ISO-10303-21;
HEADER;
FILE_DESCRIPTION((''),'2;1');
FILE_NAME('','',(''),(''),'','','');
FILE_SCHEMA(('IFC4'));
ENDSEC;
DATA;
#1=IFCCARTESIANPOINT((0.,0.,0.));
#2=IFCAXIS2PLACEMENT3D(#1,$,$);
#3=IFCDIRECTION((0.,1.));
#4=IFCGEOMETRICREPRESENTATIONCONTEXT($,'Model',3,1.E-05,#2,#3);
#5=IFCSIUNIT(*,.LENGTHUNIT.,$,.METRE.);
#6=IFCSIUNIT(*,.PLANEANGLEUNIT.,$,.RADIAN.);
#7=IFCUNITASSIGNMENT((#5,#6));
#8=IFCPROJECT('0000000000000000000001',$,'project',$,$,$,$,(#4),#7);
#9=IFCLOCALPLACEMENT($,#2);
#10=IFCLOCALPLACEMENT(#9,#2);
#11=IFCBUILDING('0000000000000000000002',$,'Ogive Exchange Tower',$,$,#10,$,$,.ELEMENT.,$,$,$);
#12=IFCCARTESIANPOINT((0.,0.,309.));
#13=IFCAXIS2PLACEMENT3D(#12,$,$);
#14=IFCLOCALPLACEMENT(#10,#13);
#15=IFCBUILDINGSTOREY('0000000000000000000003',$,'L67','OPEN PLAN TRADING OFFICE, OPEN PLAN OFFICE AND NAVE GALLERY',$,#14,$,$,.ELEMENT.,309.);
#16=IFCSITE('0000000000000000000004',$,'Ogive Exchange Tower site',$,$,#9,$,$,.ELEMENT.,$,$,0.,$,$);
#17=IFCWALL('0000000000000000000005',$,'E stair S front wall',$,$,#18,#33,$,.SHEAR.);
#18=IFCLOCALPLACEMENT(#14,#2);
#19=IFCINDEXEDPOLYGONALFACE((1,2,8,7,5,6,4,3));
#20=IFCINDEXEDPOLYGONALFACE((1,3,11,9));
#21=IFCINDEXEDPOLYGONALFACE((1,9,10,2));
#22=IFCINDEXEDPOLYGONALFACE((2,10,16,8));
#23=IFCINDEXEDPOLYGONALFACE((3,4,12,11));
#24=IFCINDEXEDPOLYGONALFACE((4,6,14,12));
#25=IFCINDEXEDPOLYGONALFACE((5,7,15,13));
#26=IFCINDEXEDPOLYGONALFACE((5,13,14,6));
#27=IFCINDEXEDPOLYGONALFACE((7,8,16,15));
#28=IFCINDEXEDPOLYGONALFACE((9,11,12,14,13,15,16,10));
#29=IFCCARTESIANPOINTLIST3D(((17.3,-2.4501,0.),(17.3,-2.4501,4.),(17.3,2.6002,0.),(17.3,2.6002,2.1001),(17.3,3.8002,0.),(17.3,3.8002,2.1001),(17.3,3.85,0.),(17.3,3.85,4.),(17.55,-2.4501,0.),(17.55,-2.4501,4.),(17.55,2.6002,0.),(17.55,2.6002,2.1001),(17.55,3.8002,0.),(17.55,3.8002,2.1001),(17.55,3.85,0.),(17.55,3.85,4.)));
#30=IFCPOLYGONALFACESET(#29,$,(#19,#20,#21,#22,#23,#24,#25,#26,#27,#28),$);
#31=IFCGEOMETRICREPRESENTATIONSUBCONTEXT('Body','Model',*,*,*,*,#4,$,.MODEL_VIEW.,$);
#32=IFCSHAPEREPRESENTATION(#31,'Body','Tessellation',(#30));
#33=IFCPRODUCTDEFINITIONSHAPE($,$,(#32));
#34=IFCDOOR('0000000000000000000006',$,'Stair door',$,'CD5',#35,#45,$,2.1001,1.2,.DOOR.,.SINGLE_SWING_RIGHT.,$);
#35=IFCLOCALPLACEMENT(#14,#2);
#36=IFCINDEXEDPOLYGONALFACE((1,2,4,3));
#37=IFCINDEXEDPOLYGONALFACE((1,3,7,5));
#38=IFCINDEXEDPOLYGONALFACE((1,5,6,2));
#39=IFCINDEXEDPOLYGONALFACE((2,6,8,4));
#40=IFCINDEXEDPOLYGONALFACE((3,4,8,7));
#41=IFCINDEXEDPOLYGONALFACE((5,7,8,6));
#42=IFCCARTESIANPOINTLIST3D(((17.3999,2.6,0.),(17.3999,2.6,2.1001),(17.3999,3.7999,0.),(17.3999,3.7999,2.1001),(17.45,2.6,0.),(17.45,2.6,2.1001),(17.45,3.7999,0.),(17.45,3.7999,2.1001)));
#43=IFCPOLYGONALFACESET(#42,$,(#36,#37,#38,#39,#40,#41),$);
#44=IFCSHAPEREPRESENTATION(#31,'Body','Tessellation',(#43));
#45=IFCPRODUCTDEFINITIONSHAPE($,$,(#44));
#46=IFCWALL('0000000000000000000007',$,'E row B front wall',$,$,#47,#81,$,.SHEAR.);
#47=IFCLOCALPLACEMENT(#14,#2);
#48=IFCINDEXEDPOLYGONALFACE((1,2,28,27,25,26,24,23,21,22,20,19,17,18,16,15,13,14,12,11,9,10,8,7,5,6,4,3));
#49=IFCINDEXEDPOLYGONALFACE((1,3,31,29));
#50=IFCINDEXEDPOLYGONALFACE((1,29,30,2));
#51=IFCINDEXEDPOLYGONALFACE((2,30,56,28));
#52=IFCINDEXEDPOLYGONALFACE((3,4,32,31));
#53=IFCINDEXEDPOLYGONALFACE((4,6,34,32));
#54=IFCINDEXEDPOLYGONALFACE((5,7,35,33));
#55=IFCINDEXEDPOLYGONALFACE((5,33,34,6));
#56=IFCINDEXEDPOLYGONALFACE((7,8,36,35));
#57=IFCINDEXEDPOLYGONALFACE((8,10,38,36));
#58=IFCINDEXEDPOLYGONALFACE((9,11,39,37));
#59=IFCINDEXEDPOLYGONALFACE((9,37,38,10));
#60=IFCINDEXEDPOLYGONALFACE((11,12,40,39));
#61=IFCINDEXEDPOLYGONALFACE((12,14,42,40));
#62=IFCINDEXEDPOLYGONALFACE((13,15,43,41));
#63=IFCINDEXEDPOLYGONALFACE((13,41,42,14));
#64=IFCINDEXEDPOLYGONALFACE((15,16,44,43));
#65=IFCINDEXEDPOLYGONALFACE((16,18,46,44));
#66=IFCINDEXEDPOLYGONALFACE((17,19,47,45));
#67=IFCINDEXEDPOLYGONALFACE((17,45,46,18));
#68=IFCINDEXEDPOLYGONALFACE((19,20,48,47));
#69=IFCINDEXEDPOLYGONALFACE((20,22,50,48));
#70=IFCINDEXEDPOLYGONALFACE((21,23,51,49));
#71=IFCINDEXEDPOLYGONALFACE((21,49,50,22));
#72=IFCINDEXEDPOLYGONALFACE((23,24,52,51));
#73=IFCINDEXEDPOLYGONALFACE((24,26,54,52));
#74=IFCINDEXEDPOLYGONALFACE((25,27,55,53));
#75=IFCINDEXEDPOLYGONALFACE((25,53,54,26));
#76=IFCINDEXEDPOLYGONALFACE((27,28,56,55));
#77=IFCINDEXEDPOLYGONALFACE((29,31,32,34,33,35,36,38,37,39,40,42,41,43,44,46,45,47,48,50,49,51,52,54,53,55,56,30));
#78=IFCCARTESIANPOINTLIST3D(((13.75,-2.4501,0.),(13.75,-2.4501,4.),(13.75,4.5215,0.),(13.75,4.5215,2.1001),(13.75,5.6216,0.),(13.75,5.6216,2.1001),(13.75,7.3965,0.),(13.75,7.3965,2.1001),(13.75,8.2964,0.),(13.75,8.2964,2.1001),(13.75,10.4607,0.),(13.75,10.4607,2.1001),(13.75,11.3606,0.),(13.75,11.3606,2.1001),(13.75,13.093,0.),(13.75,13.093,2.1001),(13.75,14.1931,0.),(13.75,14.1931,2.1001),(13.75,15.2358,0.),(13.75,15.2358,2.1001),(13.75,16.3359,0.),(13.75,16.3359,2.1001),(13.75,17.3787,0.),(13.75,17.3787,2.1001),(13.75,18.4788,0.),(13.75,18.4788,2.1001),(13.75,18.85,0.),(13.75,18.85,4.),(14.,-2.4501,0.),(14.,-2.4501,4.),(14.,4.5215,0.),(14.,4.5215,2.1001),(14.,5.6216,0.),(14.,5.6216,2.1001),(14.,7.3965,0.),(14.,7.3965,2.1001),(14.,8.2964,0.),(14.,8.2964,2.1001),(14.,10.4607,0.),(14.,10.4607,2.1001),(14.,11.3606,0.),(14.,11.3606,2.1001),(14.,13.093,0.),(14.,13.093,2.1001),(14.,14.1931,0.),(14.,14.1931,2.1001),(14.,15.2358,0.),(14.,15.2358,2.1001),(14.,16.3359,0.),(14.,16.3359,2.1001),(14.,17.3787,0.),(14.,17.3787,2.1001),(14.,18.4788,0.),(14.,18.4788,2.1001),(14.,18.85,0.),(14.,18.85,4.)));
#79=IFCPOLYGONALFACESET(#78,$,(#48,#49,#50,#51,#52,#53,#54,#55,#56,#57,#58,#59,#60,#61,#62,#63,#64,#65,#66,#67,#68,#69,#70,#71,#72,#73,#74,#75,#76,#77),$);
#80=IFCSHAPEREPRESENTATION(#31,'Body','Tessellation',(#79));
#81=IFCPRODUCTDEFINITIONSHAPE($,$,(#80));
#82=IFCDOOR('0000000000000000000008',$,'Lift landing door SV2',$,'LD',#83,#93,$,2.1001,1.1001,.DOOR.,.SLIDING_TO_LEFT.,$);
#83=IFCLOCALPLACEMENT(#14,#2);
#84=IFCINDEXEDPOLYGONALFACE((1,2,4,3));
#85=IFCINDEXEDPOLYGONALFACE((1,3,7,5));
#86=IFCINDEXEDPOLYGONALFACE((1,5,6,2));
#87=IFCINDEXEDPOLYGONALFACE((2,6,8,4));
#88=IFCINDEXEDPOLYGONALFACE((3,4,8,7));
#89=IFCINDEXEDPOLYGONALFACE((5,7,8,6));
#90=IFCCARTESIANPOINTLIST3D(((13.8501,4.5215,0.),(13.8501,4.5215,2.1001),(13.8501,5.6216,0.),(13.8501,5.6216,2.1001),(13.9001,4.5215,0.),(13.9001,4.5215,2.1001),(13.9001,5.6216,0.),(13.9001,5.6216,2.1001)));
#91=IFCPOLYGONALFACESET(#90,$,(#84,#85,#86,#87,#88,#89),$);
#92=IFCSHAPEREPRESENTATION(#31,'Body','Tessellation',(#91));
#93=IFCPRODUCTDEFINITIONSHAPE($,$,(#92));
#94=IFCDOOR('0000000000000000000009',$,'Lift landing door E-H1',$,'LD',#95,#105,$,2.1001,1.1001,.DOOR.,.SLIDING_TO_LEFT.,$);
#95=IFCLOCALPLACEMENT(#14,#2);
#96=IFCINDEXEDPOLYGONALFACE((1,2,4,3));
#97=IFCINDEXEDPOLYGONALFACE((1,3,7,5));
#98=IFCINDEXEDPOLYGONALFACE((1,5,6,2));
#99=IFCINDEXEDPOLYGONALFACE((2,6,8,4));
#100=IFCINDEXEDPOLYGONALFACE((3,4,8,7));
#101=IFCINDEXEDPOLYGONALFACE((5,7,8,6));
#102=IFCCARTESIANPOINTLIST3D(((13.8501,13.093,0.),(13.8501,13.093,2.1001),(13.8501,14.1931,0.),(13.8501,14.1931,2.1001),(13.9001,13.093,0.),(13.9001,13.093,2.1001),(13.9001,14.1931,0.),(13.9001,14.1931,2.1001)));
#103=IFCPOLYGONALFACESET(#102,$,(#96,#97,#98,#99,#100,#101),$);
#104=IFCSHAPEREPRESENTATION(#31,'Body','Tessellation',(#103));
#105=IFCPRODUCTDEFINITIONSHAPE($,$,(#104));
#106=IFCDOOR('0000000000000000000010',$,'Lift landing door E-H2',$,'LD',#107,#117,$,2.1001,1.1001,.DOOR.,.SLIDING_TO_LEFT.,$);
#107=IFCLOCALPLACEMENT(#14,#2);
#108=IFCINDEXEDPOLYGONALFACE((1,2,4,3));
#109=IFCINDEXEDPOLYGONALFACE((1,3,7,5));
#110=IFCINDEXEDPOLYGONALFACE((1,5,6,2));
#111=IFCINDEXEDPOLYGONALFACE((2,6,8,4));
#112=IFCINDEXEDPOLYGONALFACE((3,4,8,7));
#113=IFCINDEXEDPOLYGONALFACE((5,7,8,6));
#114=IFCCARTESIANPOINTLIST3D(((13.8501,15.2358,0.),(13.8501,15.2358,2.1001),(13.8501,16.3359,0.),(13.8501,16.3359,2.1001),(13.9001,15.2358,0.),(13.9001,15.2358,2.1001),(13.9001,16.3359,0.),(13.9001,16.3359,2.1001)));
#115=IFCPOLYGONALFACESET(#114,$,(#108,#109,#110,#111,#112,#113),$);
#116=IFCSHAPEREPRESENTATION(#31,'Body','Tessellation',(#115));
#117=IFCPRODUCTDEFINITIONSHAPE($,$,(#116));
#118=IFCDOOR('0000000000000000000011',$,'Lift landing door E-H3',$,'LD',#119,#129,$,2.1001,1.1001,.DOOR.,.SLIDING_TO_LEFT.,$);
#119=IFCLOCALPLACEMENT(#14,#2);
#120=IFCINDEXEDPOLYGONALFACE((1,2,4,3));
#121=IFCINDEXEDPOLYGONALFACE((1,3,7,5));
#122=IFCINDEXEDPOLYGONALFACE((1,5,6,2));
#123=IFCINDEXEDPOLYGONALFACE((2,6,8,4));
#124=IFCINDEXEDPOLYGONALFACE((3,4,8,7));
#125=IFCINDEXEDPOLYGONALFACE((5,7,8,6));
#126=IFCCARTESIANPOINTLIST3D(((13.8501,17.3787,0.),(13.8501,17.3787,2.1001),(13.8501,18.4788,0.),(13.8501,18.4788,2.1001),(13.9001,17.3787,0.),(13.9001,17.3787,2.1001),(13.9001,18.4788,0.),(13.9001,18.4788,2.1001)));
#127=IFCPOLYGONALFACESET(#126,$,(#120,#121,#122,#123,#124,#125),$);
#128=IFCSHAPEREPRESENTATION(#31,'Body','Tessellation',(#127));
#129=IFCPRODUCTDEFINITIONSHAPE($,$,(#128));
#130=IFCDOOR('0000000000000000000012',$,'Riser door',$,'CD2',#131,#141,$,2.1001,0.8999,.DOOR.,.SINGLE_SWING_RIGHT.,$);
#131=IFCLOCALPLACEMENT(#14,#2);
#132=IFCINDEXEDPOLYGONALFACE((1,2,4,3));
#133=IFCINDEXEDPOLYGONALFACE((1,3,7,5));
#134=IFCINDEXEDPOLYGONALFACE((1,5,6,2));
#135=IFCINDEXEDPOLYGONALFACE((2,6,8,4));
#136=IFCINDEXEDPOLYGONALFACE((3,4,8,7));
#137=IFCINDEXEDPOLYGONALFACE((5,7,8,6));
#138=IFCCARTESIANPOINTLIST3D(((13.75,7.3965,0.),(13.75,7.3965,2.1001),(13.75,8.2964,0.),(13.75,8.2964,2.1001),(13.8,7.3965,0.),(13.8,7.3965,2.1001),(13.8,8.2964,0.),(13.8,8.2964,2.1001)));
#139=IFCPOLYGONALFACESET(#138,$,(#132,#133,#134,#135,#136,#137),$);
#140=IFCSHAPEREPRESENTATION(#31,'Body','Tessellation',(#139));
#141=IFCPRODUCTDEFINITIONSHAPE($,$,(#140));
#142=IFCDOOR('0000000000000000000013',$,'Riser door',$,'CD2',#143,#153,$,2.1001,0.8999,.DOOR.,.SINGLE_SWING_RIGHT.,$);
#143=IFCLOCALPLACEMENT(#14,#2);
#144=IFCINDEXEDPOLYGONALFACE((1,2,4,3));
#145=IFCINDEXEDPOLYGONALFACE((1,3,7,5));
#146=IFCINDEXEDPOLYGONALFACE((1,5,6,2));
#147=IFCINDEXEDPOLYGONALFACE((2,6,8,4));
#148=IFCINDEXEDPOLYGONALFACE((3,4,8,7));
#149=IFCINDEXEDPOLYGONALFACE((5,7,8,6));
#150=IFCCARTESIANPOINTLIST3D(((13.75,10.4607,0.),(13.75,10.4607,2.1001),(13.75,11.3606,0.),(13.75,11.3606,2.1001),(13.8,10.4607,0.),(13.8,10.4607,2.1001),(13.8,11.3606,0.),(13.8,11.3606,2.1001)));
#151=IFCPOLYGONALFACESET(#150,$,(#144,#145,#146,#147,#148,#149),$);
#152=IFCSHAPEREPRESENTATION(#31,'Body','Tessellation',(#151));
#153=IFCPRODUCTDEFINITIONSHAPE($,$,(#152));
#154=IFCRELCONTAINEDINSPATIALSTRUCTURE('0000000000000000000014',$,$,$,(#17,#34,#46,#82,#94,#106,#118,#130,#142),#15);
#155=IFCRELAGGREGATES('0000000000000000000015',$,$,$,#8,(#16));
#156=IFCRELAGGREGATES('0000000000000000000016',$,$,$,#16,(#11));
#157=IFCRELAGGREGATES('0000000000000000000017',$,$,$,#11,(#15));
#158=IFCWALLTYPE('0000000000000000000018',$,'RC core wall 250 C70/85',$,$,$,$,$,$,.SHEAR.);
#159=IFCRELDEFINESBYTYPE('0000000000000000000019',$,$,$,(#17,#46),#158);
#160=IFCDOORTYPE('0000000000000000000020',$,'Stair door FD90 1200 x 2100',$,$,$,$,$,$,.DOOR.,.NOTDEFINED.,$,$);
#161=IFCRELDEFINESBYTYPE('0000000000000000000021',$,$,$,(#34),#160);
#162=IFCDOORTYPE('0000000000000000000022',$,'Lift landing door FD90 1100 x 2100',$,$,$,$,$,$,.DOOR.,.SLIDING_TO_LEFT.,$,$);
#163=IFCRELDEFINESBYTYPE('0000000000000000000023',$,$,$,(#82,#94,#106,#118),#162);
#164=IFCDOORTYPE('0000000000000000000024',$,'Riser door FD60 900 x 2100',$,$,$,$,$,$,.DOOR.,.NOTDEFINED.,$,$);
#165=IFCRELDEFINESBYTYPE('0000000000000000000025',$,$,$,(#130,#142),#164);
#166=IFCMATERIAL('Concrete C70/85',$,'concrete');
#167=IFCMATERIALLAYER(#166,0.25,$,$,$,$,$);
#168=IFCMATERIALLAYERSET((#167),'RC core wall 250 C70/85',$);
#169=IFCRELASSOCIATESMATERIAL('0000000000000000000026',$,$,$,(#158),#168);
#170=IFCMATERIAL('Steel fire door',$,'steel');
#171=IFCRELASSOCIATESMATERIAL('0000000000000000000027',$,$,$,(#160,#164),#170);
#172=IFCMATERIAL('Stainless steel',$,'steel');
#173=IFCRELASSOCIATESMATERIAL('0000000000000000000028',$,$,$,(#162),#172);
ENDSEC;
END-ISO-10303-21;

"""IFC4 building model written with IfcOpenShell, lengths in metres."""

from ifc_helpers import new_model, si_unit, direction, frame, frame_2d, origin, place, context, subcontext, project, spatial, rectangle, extrude, material, layer, layer_set, type_object, element, fill, save


model = new_model("IFC4")

# Units and contexts
model_context = context("Model", 3, precision=1e-05, world=origin(), true_north=direction((0.0, 1.0)))
body_context = subcontext(model_context, "Body", "Model", "MODEL_VIEW")
ifc_project = project(units=[si_unit("LENGTHUNIT", "METRE"), si_unit("PLANEANGLEUNIT", "RADIAN")], contexts=[model_context])

# Site, building, storey
site_placement = place(None, origin())
site = spatial("IfcSite", under=ifc_project, at=site_placement, Name="Ogive Exchange Tower site", CompositionType="ELEMENT", RefElevation=0.0)
building_placement = place(site_placement, origin())
building = spatial("IfcBuilding", under=site, at=building_placement, Name="Ogive Exchange Tower", CompositionType="ELEMENT")
storey_placement = place(building_placement, frame((0.0, 0.0, 309.0)))
storey = spatial("IfcBuildingStorey", under=building, at=storey_placement, Name="L67", Description="OPEN PLAN TRADING OFFICE, OPEN PLAN OFFICE AND NAVE GALLERY", CompositionType="ELEMENT", Elevation=309.0)

# Wall, opening, door
ifc_material_1 = material(Name="Concrete C70/85", Category="concrete")
ifc_layer_1 = layer(ifc_material_1, 0.25)
ifc_layer_set_1 = layer_set([ifc_layer_1], Name="RC core wall 250 C70/85")
wall_type_1 = type_object("IfcWallType", Name="RC core wall 250 C70/85", PredefinedType="SHEAR", material=ifc_layer_set_1)
wall_1_placement = place(storey_placement, frame((17.425, -2.45, 0.0), z_axis=(0.0, 0.0, 1.0), x_axis=(0.0, 1.0, 0.0)))
wall_1 = element("IfcWall", 1, at=wall_1_placement, inside=storey, type_object=wall_type_1, Name="E stair S front wall", PredefinedType="SHEAR", context=body_context, shape_type="SweptSolid", body=[
    extrude(rectangle(XDim=6.3, YDim=0.25, at=frame_2d((3.1499, 0.0))), origin(), (0.0, 0.0, 1.0), 4.0),
])
opening_1_placement = place(wall_1_placement, frame((5.05, 0.0, 0.0)))
opening_1 = element("IfcOpeningElement", 2, at=opening_1_placement, cuts=wall_1, PredefinedType="OPENING", context=body_context, shape_type="SweptSolid", body=[
    extrude(rectangle(XDim=1.2, YDim=2.1001, at=frame_2d((0.6001, 1.05))), frame((0.0, 0.135, 0.0), z_axis=(0.0, -1.0, 0.0), x_axis=(1.0, 0.0, 0.0)), (0.0, 0.0, 1.0), 0.27),
])
ifc_material_2 = material(Name="Steel fire door", Category="steel")
door_type_1 = type_object("IfcDoorType", Name="Stair door FD90 1200 x 2100", OperationType="NOTDEFINED", PredefinedType="DOOR", material=ifc_material_2)
door_1_placement = place(opening_1_placement, frame((1.2, 0.0, 0.0), z_axis=(0.0, 0.0, 1.0), x_axis=(-1.0, 0.0, 0.0)))
door_1 = element("IfcDoor", 3, at=door_1_placement, inside=storey, type_object=door_type_1, Name="Stair door", ObjectType="CD5", OperationType="SINGLE_SWING_RIGHT", OverallHeight=2.1001, OverallWidth=1.2, PredefinedType="DOOR", context=body_context, shape_type="SweptSolid", body=[
    extrude(rectangle(XDim=1.2, YDim=2.1001, at=frame_2d((0.6001, 1.05))), frame((0.0, 0.0249, 0.0), z_axis=(0.0, -1.0, 0.0), x_axis=(1.0, 0.0, 0.0)), (0.0, 0.0, 1.0), 0.05),
])
fill(opening_1, door_1)

# Wall, openings, doors
wall_2_placement = place(storey_placement, frame((13.875, -2.45, 0.0), z_axis=(0.0, 0.0, 1.0), x_axis=(0.0, 1.0, 0.0)))
wall_2 = element("IfcWall", 4, at=wall_2_placement, inside=storey, type_object=wall_type_1, Name="E row B front wall", PredefinedType="SHEAR", context=body_context, shape_type="SweptSolid", body=[
    extrude(rectangle(XDim=21.3, YDim=0.25, at=frame_2d((10.6499, 0.0))), origin(), (0.0, 0.0, 1.0), 4.0),
])
opening_2_placement = place(wall_2_placement, frame((9.8464, 0.0, 0.0)))
opening_2 = element("IfcOpeningElement", 5, at=opening_2_placement, cuts=wall_2, PredefinedType="OPENING", context=body_context, shape_type="SweptSolid", body=[
    extrude(rectangle(XDim=0.8999, YDim=2.1001, at=frame_2d((0.45, 1.05))), frame((0.0, 0.135, 0.0), z_axis=(0.0, -1.0, 0.0), x_axis=(1.0, 0.0, 0.0)), (0.0, 0.0, 1.0), 0.27),
])
opening_3_placement = place(wall_2_placement, frame((12.9106, 0.0, 0.0)))
opening_3 = element("IfcOpeningElement", 6, at=opening_3_placement, cuts=wall_2, PredefinedType="OPENING", context=body_context, shape_type="SweptSolid", body=[
    extrude(rectangle(XDim=0.8999, YDim=2.1001, at=frame_2d((0.45, 1.05))), frame((0.0, 0.135, 0.0), z_axis=(0.0, -1.0, 0.0), x_axis=(1.0, 0.0, 0.0)), (0.0, 0.0, 1.0), 0.27),
])
opening_4_placement = place(wall_2_placement, frame((6.9714, 0.0, 0.0)))
opening_4 = element("IfcOpeningElement", 7, at=opening_4_placement, cuts=wall_2, PredefinedType="OPENING", context=body_context, shape_type="SweptSolid", body=[
    extrude(rectangle(XDim=1.1001, YDim=2.1001, at=frame_2d((0.55, 1.05))), frame((0.0, 0.135, 0.0), z_axis=(0.0, -1.0, 0.0), x_axis=(1.0, 0.0, 0.0)), (0.0, 0.0, 1.0), 0.27),
])
opening_5_placement = place(wall_2_placement, frame((15.543, 0.0, 0.0)))
opening_5 = element("IfcOpeningElement", 8, at=opening_5_placement, cuts=wall_2, PredefinedType="OPENING", context=body_context, shape_type="SweptSolid", body=[
    extrude(rectangle(XDim=1.1001, YDim=2.1001, at=frame_2d((0.55, 1.05))), frame((0.0, 0.135, 0.0), z_axis=(0.0, -1.0, 0.0), x_axis=(1.0, 0.0, 0.0)), (0.0, 0.0, 1.0), 0.27),
])
opening_6_placement = place(wall_2_placement, frame((17.6858, 0.0, 0.0)))
opening_6 = element("IfcOpeningElement", 9, at=opening_6_placement, cuts=wall_2, PredefinedType="OPENING", context=body_context, shape_type="SweptSolid", body=[
    extrude(rectangle(XDim=1.1001, YDim=2.1001, at=frame_2d((0.55, 1.05))), frame((0.0, 0.135, 0.0), z_axis=(0.0, -1.0, 0.0), x_axis=(1.0, 0.0, 0.0)), (0.0, 0.0, 1.0), 0.27),
])
opening_7_placement = place(wall_2_placement, frame((19.8286, 0.0, 0.0)))
opening_7 = element("IfcOpeningElement", 10, at=opening_7_placement, cuts=wall_2, PredefinedType="OPENING", context=body_context, shape_type="SweptSolid", body=[
    extrude(rectangle(XDim=1.1001, YDim=2.1001, at=frame_2d((0.55, 1.05))), frame((0.0, 0.135, 0.0), z_axis=(0.0, -1.0, 0.0), x_axis=(1.0, 0.0, 0.0)), (0.0, 0.0, 1.0), 0.27),
])
ifc_material_3 = material(Name="Stainless steel", Category="steel")
door_type_2 = type_object("IfcDoorType", Name="Lift landing door FD90 1100 x 2100", OperationType="SLIDING_TO_LEFT", PredefinedType="DOOR", material=ifc_material_3)
door_2_placement = place(opening_4_placement, origin())
door_2 = element("IfcDoor", 11, at=door_2_placement, inside=storey, type_object=door_type_2, Name="Lift landing door SV2", ObjectType="LD", OperationType="SLIDING_TO_LEFT", OverallHeight=2.1001, OverallWidth=1.1001, PredefinedType="DOOR", context=body_context, shape_type="SweptSolid", body=[
    extrude(rectangle(XDim=1.1001, YDim=2.1001, at=frame_2d((0.55, 1.05))), frame((0.0, 0.0249, 0.0), z_axis=(0.0, -1.0, 0.0), x_axis=(1.0, 0.0, 0.0)), (0.0, 0.0, 1.0), 0.05),
])
fill(opening_4, door_2)
door_3_placement = place(opening_5_placement, origin())
door_3 = element("IfcDoor", 12, at=door_3_placement, inside=storey, type_object=door_type_2, Name="Lift landing door E-H1", ObjectType="LD", OperationType="SLIDING_TO_LEFT", OverallHeight=2.1001, OverallWidth=1.1001, PredefinedType="DOOR", context=body_context, shape_type="SweptSolid", body=[
    extrude(rectangle(XDim=1.1001, YDim=2.1001, at=frame_2d((0.55, 1.05))), frame((0.0, 0.0249, 0.0), z_axis=(0.0, -1.0, 0.0), x_axis=(1.0, 0.0, 0.0)), (0.0, 0.0, 1.0), 0.05),
])
fill(opening_5, door_3)
door_4_placement = place(opening_6_placement, origin())
door_4 = element("IfcDoor", 13, at=door_4_placement, inside=storey, type_object=door_type_2, Name="Lift landing door E-H2", ObjectType="LD", OperationType="SLIDING_TO_LEFT", OverallHeight=2.1001, OverallWidth=1.1001, PredefinedType="DOOR", context=body_context, shape_type="SweptSolid", body=[
    extrude(rectangle(XDim=1.1001, YDim=2.1001, at=frame_2d((0.55, 1.05))), frame((0.0, 0.0249, 0.0), z_axis=(0.0, -1.0, 0.0), x_axis=(1.0, 0.0, 0.0)), (0.0, 0.0, 1.0), 0.05),
])
fill(opening_6, door_4)
door_5_placement = place(opening_7_placement, origin())
door_5 = element("IfcDoor", 14, at=door_5_placement, inside=storey, type_object=door_type_2, Name="Lift landing door E-H3", ObjectType="LD", OperationType="SLIDING_TO_LEFT", OverallHeight=2.1001, OverallWidth=1.1001, PredefinedType="DOOR", context=body_context, shape_type="SweptSolid", body=[
    extrude(rectangle(XDim=1.1001, YDim=2.1001, at=frame_2d((0.55, 1.05))), frame((0.0, 0.0249, 0.0), z_axis=(0.0, -1.0, 0.0), x_axis=(1.0, 0.0, 0.0)), (0.0, 0.0, 1.0), 0.05),
])
fill(opening_7, door_5)
door_type_3 = type_object("IfcDoorType", Name="Riser door FD60 900 x 2100", OperationType="NOTDEFINED", PredefinedType="DOOR", material=ifc_material_2)
door_6_placement = place(opening_2_placement, origin())
door_6 = element("IfcDoor", 15, at=door_6_placement, inside=storey, type_object=door_type_3, Name="Riser door", ObjectType="CD2", OperationType="SINGLE_SWING_RIGHT", OverallHeight=2.1001, OverallWidth=0.8999, PredefinedType="DOOR", context=body_context, shape_type="SweptSolid", body=[
    extrude(rectangle(XDim=0.8999, YDim=2.1001, at=frame_2d((0.45, 1.05))), frame((0.0, 0.125, 0.0), z_axis=(0.0, -1.0, 0.0), x_axis=(1.0, 0.0, 0.0)), (0.0, 0.0, 1.0), 0.05),
])
fill(opening_2, door_6)
door_7_placement = place(opening_3_placement, origin())
door_7 = element("IfcDoor", 16, at=door_7_placement, inside=storey, type_object=door_type_3, Name="Riser door", ObjectType="CD2", OperationType="SINGLE_SWING_RIGHT", OverallHeight=2.1001, OverallWidth=0.8999, PredefinedType="DOOR", context=body_context, shape_type="SweptSolid", body=[
    extrude(rectangle(XDim=0.8999, YDim=2.1001, at=frame_2d((0.45, 1.05))), frame((0.0, 0.125, 0.0), z_axis=(0.0, -1.0, 0.0), x_axis=(1.0, 0.0, 0.0)), (0.0, 0.0, 1.0), 0.05),
])
fill(opening_3, door_7)

save(model, "model.ifc")
